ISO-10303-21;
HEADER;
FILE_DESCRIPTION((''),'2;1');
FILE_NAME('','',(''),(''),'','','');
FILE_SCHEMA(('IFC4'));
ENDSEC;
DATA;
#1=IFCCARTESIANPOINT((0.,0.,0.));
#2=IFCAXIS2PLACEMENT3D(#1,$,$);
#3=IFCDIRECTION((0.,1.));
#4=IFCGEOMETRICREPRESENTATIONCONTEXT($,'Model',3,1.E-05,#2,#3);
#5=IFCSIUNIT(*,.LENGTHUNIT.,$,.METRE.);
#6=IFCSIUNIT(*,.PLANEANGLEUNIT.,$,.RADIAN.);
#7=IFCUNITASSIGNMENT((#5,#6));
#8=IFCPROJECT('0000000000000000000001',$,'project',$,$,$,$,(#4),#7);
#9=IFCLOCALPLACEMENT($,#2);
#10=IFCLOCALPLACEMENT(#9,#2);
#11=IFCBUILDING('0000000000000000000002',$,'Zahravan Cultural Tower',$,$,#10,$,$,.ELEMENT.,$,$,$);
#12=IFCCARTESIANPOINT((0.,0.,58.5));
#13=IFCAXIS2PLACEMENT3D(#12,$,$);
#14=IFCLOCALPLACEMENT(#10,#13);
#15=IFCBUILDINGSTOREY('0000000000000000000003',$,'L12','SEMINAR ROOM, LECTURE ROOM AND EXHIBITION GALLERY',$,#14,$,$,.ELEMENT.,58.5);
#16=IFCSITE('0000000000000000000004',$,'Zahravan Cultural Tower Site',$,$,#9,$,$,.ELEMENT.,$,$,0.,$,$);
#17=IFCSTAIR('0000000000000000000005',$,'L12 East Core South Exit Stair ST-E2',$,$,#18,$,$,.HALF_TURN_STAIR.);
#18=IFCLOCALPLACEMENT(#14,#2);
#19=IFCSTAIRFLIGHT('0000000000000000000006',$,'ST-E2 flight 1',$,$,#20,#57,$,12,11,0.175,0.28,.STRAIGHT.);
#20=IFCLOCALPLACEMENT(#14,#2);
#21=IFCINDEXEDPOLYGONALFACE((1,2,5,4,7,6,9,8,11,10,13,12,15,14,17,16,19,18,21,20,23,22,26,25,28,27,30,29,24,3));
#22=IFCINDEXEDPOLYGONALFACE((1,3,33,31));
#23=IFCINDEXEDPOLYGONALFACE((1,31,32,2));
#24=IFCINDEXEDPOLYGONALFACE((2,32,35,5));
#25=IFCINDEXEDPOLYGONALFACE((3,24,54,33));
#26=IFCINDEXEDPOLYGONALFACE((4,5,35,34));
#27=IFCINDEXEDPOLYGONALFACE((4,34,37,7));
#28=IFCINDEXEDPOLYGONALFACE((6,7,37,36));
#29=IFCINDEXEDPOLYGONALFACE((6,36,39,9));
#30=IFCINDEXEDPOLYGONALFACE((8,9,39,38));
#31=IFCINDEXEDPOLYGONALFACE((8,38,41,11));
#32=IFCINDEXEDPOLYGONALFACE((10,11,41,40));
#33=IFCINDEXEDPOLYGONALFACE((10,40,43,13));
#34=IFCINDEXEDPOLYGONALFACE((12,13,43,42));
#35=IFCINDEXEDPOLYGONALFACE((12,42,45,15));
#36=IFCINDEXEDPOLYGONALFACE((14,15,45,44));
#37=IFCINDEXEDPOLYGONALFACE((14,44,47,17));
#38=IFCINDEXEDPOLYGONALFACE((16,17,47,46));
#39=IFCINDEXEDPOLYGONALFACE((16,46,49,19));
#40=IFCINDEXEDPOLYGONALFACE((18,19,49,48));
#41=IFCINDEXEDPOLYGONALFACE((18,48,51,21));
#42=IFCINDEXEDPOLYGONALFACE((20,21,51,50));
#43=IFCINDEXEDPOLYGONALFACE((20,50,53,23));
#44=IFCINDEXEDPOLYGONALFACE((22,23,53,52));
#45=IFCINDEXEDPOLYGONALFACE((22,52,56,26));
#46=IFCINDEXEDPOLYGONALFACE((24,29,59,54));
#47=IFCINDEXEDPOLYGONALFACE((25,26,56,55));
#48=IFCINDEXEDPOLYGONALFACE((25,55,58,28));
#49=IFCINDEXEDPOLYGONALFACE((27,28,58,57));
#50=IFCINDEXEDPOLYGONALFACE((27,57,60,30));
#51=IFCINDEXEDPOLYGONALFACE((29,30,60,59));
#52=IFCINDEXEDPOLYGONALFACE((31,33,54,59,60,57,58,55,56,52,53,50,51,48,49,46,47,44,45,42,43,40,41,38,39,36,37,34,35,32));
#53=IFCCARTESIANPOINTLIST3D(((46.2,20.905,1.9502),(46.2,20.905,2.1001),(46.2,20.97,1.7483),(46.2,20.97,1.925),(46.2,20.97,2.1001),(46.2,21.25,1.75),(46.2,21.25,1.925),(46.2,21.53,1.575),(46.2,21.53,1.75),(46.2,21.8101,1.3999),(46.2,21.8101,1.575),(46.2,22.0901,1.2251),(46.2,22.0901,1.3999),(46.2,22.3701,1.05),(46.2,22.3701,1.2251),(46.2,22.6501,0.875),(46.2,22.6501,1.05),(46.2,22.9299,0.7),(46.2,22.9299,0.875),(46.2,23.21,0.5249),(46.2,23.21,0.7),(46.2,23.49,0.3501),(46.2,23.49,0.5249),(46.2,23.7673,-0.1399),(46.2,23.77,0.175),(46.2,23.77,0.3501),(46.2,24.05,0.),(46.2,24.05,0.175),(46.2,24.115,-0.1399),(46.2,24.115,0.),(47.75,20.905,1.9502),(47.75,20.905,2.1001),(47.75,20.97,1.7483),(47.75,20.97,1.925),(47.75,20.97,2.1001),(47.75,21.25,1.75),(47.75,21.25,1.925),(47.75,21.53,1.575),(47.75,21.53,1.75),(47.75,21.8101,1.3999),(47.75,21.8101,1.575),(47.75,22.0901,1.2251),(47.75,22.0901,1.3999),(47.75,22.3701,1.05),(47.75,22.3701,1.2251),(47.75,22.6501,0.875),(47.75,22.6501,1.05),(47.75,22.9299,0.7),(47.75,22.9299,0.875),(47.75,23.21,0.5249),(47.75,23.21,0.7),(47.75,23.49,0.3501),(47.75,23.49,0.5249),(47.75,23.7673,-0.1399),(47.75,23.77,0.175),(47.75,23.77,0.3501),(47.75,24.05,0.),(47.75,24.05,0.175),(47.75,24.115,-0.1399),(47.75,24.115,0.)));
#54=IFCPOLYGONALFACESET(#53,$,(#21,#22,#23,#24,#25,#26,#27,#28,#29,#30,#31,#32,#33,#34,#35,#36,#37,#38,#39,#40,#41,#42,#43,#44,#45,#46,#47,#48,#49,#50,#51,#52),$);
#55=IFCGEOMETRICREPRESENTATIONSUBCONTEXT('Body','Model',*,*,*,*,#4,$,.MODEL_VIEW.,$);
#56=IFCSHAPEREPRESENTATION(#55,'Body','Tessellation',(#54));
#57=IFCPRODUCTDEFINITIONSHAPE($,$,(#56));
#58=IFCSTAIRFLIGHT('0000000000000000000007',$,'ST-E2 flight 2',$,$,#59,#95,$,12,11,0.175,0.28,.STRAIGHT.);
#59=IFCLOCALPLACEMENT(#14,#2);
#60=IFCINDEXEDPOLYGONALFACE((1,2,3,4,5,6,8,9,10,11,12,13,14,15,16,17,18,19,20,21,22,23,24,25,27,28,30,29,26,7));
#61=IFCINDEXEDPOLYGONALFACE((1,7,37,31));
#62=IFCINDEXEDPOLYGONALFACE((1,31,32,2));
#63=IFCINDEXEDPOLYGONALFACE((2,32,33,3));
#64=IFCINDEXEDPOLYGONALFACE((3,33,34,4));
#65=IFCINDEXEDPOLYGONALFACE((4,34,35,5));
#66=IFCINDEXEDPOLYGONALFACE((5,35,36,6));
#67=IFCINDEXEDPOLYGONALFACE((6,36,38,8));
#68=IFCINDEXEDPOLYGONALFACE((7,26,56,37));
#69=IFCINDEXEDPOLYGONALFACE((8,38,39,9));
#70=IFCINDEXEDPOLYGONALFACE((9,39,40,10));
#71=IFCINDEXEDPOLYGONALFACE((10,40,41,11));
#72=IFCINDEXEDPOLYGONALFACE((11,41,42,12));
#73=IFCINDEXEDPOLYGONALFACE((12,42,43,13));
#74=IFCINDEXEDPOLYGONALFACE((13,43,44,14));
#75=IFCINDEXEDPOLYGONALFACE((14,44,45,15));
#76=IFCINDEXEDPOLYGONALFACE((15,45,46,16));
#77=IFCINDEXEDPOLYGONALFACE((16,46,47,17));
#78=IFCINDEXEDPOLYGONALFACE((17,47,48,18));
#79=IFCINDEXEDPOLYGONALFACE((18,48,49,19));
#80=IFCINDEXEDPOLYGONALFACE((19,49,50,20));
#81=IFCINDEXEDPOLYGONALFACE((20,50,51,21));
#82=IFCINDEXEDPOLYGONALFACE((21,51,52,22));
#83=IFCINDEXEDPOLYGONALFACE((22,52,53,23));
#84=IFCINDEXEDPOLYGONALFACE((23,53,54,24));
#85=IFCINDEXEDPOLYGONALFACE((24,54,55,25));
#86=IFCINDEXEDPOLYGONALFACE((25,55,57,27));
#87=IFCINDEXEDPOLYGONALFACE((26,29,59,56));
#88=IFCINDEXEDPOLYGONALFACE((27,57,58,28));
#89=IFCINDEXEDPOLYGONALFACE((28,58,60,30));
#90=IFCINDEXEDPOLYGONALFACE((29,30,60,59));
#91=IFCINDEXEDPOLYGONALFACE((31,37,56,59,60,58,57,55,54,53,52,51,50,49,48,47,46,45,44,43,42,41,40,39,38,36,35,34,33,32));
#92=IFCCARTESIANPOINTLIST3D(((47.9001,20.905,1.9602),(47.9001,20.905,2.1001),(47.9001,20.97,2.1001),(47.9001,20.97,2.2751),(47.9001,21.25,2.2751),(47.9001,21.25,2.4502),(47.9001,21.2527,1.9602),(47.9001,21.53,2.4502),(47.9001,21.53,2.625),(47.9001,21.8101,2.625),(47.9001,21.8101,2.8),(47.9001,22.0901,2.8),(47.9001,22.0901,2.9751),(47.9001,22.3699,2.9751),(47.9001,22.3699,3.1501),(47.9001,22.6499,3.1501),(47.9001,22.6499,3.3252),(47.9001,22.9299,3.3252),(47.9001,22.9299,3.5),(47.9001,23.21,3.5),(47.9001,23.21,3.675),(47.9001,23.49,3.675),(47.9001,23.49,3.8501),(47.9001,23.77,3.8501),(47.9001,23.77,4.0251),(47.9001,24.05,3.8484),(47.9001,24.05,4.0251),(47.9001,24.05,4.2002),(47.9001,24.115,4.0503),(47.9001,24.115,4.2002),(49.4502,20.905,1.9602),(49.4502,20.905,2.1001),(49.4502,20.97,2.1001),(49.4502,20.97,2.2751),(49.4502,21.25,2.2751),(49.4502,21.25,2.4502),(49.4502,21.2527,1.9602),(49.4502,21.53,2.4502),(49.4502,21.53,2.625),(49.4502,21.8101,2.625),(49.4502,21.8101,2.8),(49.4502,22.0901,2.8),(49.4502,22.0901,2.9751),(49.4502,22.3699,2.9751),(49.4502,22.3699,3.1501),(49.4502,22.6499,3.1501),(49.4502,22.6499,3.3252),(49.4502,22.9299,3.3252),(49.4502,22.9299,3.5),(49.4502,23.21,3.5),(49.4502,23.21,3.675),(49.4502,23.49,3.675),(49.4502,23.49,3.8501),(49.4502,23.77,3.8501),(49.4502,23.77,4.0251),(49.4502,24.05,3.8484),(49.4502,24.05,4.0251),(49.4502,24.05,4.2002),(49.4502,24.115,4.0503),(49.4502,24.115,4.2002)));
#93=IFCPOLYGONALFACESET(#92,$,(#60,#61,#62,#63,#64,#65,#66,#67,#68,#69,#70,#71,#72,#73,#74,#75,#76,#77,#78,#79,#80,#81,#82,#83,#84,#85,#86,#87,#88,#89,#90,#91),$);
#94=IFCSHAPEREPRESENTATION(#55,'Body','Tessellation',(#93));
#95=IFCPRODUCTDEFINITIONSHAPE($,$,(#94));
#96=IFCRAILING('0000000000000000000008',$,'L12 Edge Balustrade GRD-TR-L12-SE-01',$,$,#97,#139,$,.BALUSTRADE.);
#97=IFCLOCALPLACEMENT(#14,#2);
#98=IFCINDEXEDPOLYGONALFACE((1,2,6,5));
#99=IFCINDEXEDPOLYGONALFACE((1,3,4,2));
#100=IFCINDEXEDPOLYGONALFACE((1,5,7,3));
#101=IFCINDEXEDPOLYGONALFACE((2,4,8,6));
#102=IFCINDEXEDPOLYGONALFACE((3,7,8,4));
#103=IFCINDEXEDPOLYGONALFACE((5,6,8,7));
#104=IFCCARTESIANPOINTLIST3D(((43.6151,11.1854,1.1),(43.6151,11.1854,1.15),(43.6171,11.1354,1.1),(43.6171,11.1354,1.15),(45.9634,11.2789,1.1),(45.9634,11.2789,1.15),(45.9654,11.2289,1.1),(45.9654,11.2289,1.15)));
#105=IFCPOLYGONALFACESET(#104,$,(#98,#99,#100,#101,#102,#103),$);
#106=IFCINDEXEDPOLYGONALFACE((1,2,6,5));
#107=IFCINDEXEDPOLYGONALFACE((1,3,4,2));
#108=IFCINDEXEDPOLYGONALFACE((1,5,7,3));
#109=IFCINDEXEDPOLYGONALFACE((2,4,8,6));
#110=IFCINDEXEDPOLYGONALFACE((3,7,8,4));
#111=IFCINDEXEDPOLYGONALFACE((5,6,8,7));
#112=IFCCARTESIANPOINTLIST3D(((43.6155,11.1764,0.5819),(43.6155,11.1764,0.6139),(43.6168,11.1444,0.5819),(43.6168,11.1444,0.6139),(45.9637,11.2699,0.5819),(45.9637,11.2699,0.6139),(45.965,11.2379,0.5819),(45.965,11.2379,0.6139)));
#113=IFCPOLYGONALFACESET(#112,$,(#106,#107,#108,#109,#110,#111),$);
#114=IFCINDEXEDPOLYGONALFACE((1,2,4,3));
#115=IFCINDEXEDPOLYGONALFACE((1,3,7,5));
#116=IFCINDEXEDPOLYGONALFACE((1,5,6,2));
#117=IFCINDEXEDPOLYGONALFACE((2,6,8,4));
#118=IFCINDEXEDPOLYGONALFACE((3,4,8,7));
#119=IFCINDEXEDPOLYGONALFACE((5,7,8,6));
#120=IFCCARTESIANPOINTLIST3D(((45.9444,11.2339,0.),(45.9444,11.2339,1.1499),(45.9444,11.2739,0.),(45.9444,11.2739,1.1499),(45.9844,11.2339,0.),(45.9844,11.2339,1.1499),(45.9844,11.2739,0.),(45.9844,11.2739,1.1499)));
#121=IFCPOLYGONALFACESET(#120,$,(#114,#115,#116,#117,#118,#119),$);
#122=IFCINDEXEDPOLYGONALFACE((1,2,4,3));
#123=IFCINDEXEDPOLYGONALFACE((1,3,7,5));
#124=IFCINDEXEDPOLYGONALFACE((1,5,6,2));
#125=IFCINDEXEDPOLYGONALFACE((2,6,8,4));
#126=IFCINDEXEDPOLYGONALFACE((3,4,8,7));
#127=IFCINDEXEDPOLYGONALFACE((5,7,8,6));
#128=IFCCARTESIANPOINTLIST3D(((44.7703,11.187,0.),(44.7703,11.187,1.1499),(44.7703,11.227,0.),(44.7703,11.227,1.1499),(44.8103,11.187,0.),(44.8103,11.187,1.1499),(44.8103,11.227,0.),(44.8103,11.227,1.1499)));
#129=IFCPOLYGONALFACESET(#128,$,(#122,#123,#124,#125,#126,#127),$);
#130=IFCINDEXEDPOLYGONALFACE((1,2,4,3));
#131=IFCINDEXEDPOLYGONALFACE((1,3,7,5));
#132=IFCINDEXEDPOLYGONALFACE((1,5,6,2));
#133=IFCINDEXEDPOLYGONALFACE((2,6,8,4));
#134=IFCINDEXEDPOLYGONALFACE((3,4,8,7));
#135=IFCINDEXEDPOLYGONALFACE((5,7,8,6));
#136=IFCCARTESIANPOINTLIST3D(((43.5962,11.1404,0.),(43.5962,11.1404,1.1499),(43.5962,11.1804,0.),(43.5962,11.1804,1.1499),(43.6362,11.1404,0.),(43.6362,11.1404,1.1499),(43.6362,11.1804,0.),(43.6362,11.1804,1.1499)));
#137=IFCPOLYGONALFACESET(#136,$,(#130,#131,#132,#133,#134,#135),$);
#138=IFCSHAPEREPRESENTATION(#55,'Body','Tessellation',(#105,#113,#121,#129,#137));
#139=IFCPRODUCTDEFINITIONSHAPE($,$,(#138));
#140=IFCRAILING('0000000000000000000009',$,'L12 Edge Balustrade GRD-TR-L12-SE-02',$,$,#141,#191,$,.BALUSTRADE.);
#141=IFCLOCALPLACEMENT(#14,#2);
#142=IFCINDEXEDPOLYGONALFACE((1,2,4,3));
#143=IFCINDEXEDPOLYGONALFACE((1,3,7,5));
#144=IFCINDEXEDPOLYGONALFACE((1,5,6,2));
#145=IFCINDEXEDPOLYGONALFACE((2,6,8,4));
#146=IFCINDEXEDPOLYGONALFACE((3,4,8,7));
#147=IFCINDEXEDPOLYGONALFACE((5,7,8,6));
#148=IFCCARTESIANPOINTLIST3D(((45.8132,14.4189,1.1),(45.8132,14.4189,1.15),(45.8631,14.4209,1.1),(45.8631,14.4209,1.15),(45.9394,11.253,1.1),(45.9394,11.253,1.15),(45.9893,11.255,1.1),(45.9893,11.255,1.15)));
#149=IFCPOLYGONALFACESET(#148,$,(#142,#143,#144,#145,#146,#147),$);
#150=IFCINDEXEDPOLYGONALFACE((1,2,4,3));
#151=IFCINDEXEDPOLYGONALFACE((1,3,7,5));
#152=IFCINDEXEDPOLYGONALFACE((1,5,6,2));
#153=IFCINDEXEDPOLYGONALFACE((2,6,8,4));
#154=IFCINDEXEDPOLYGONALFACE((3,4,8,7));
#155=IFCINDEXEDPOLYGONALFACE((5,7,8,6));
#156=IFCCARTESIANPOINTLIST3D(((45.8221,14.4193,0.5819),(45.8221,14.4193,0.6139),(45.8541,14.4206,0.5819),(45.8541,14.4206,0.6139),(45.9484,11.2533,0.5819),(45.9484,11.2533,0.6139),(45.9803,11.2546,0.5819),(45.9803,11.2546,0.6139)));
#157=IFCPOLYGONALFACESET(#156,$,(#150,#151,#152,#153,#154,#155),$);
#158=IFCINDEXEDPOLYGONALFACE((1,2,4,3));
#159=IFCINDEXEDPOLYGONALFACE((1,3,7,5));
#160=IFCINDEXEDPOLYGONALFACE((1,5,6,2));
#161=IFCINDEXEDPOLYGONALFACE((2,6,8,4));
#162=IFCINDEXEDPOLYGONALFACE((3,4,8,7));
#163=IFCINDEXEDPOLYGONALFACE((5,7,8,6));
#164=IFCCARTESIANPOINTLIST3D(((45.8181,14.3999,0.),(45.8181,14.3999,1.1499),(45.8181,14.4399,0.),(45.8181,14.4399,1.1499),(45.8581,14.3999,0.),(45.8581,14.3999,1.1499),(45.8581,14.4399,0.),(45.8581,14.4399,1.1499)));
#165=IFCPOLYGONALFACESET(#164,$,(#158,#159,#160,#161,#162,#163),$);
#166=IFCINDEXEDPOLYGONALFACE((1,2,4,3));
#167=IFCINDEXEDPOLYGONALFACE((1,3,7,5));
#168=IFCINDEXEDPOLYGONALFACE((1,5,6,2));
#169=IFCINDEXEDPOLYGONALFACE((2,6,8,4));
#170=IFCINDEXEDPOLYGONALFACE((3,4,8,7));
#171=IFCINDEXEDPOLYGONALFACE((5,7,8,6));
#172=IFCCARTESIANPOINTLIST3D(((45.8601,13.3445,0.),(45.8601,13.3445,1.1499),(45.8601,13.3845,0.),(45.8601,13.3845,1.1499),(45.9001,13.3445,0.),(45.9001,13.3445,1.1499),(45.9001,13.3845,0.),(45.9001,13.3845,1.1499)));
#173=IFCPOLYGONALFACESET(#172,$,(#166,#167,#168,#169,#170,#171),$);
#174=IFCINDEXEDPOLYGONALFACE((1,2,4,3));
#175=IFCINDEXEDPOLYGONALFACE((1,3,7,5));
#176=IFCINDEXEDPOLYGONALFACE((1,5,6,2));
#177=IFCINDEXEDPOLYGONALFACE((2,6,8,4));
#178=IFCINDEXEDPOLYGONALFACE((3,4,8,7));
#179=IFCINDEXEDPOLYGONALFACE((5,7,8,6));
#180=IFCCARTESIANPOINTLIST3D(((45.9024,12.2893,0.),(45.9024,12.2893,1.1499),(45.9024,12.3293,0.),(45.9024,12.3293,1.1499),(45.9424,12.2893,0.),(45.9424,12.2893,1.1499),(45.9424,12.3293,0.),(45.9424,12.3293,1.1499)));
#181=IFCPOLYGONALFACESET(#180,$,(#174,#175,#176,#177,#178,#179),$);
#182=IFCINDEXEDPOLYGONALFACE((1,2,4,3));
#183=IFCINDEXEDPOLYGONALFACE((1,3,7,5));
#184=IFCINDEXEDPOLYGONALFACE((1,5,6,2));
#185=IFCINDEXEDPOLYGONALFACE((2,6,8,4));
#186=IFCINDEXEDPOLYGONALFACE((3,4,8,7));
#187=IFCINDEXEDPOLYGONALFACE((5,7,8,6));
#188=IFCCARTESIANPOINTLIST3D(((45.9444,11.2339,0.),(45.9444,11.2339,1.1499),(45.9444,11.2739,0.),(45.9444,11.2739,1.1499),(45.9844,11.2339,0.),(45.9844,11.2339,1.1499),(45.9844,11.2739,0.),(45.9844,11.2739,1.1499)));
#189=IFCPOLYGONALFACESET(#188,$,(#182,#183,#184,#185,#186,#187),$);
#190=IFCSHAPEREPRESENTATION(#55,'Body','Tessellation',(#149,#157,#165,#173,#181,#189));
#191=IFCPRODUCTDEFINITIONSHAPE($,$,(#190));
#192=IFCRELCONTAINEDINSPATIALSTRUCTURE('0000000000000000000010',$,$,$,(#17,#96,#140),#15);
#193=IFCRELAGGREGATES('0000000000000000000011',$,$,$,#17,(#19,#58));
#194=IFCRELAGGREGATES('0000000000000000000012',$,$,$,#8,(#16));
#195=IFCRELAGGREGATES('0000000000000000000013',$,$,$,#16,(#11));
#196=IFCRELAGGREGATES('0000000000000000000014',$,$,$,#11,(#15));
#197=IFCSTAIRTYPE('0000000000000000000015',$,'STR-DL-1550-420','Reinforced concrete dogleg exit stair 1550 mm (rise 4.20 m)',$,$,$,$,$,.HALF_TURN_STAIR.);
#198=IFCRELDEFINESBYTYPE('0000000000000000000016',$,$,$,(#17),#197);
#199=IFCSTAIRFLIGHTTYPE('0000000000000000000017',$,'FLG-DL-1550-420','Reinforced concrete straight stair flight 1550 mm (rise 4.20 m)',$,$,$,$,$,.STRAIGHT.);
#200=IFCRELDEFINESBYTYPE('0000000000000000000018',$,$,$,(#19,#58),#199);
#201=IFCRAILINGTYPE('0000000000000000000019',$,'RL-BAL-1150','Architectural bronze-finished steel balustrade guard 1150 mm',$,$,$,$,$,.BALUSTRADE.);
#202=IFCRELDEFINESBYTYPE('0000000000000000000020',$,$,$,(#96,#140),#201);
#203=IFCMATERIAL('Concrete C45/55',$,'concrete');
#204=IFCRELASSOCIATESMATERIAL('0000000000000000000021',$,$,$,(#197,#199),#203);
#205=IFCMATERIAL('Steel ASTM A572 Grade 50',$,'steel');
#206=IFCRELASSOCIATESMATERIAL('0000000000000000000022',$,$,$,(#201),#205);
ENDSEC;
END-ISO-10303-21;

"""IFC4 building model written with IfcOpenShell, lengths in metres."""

from ifc_helpers import new_model, si_unit, direction, frame, origin, origin_2d, place, context, subcontext, project, spatial, polyline, rectangle, outline, extrude, material, type_object, element, aggregate, save


model = new_model("IFC4")

# Units and contexts
model_context = context("Model", 3, precision=1e-05, world=origin(), true_north=direction((0.0, 1.0)))
body_context = subcontext(model_context, "Body", "Model", "MODEL_VIEW")
ifc_project = project(units=[si_unit("LENGTHUNIT", "METRE"), si_unit("PLANEANGLEUNIT", "RADIAN")], contexts=[model_context])

# Site, building, storey
site_placement = place(None, origin())
site = spatial("IfcSite", under=ifc_project, at=site_placement, Name="Zahravan Cultural Tower Site", CompositionType="ELEMENT", RefElevation=0.0)
building_placement = place(site_placement, origin())
building = spatial("IfcBuilding", under=site, at=building_placement, Name="Zahravan Cultural Tower", CompositionType="ELEMENT")
storey_placement = place(building_placement, frame((0.0, 0.0, 58.5)))
storey = spatial("IfcBuildingStorey", under=building, at=storey_placement, Name="L12", Description="SEMINAR ROOM, LECTURE ROOM AND EXHIBITION GALLERY", CompositionType="ELEMENT", Elevation=58.5)

# Shared definitions
ifc_material_1 = material(Name="Concrete C45/55", Category="concrete")
ifc_material_2 = material(Name="Steel ASTM A572 Grade 50", Category="steel")

# Stair, stair flights
stair_type = type_object("IfcStairType", Name="STR-DL-1550-420", Description="Reinforced concrete dogleg exit stair 1550 mm (rise 4.20 m)", PredefinedType="HALF_TURN_STAIR", material=ifc_material_1)
stair_placement = place(storey_placement, origin())
stair = element("IfcStair", 1, at=stair_placement, inside=storey, type_object=stair_type, Name="L12 East Core South Exit Stair ST-E2", PredefinedType="HALF_TURN_STAIR")
stair_flight_type = type_object("IfcStairFlightType", Name="FLG-DL-1550-420", Description="Reinforced concrete straight stair flight 1550 mm (rise 4.20 m)", PredefinedType="STRAIGHT", material=ifc_material_1)
stair_flight_1_placement = place(storey_placement, frame((46.9751, 24.05, 0.0), z_axis=(0.0, 0.0, 1.0), x_axis=(0.0, -1.0, 0.0)))
stair_flight_1 = element("IfcStairFlight", 2, at=stair_flight_1_placement, type_object=stair_flight_type, Name="ST-E2 flight 1", NumberOfRisers=12, NumberOfTreads=11, PredefinedType="STRAIGHT", RiserHeight=0.175, TreadLength=0.28, context=body_context, shape_type="SweptSolid", body=[
    extrude(outline(polyline([(-0.0649, -0.1399), (-0.0649, 0.0), (0.0, 0.0), (0.0, 0.175), (0.28, 0.175), (0.28, 0.3501), (0.5601, 0.3501), (0.5601, 0.5249), (0.8401, 0.5249), (0.8401, 0.7), (1.1201, 0.7), (1.1201, 0.875), (1.3999, 0.875), (1.3999, 1.05), (1.6799, 1.05), (1.6799, 1.2251), (1.96, 1.2251), (1.96, 1.3999), (2.24, 1.3999), (2.24, 1.575), (2.52, 1.575), (2.52, 1.75), (2.8, 1.75), (2.8, 1.925), (3.0801, 1.925), (3.0801, 2.1001), (3.145, 2.1001), (3.145, 1.9502), (3.0801, 1.7483), (0.2827, -0.1399), (-0.0649, -0.1399)])), frame((0.0, 0.7749, 0.0), z_axis=(0.0, -1.0, 0.0), x_axis=(1.0, 0.0, 0.0)), (0.0, 0.0, 1.0), 1.55),
])
stair_flight_2_placement = place(storey_placement, frame((48.675, 20.97, 2.1001), z_axis=(0.0, 0.0, 1.0), x_axis=(0.0, 1.0, 0.0)))
stair_flight_2 = element("IfcStairFlight", 3, at=stair_flight_2_placement, type_object=stair_flight_type, Name="ST-E2 flight 2", NumberOfRisers=12, NumberOfTreads=11, PredefinedType="STRAIGHT", RiserHeight=0.175, TreadLength=0.28, context=body_context, shape_type="SweptSolid", body=[
    extrude(outline(polyline([(-0.0649, -0.1399), (-0.0649, 0.0), (0.0, 0.0), (0.0, 0.175), (0.28, 0.175), (0.28, 0.3501), (0.5601, 0.3501), (0.5601, 0.5249), (0.8401, 0.5249), (0.8401, 0.7), (1.1201, 0.7), (1.1201, 0.875), (1.3999, 0.875), (1.3999, 1.05), (1.6799, 1.05), (1.6799, 1.2251), (1.96, 1.2251), (1.96, 1.3999), (2.24, 1.3999), (2.24, 1.575), (2.52, 1.575), (2.52, 1.75), (2.8, 1.75), (2.8, 1.925), (3.0801, 1.925), (3.0801, 2.1001), (3.145, 2.1001), (3.145, 1.9502), (3.0801, 1.7483), (0.2827, -0.1399), (-0.0649, -0.1399)])), frame((0.0, 0.7749, 0.0), z_axis=(0.0, -1.0, 0.0), x_axis=(1.0, 0.0, 0.0)), (0.0, 0.0, 1.0), 1.55),
])
aggregate(stair, [stair_flight_1, stair_flight_2])

# Railings
railing_type_1 = type_object("IfcRailingType", Name="RL-BAL-1150", Description="Architectural bronze-finished steel balustrade guard 1150 mm", PredefinedType="BALUSTRADE", material=ifc_material_2)
railing_1_placement = place(storey_placement, frame((45.9644, 11.2539, 0.0)))
element("IfcRailing", 4, at=railing_1_placement, inside=storey, type_object=railing_type_1, Name="L12 Edge Balustrade GRD-TR-L12-SE-01", PredefinedType="BALUSTRADE", context=body_context, shape_type="SweptSolid", body=[
    extrude(rectangle(XDim=0.05, YDim=0.05, at=origin_2d()), frame((0.0, 0.0, 1.125), z_axis=(-0.999208, -0.03979, 0.0), x_axis=(0.03979, -0.999208, 0.0)), (0.0, 0.0, 1.0), 2.3501),
    extrude(rectangle(XDim=0.032, YDim=0.032, at=origin_2d()), frame((0.0, 0.0, 0.5979), z_axis=(-0.999208, -0.03979, 0.0), x_axis=(0.03979, -0.999208, 0.0)), (0.0, 0.0, 1.0), 2.3501),
    extrude(rectangle(XDim=0.04, YDim=0.04, at=origin_2d()), origin(), (0.0, 0.0, 1.0), 1.1499),
    extrude(rectangle(XDim=0.04, YDim=0.04, at=origin_2d()), frame((-1.1741, -0.0469, 0.0)), (0.0, 0.0, 1.0), 1.1499),
    extrude(rectangle(XDim=0.04, YDim=0.04, at=origin_2d()), frame((-2.3481, -0.0935, 0.0)), (0.0, 0.0, 1.0), 1.1499),
])
railing_2_placement = place(storey_placement, frame((45.8381, 14.4199, 0.0)))
element("IfcRailing", 5, at=railing_2_placement, inside=storey, type_object=railing_type_1, Name="L12 Edge Balustrade GRD-TR-L12-SE-02", PredefinedType="BALUSTRADE", context=body_context, shape_type="SweptSolid", body=[
    extrude(rectangle(XDim=0.05, YDim=0.05, at=origin_2d()), frame((0.0, 0.0, 1.125), z_axis=(0.039836, -0.999206, 0.0), x_axis=(0.999206, 0.039836, 0.0)), (0.0, 0.0, 1.0), 3.1685),
    extrude(rectangle(XDim=0.032, YDim=0.032, at=origin_2d()), frame((0.0, 0.0, 0.5979), z_axis=(0.039836, -0.999206, 0.0), x_axis=(0.999206, 0.039836, 0.0)), (0.0, 0.0, 1.0), 3.1685),
    extrude(rectangle(XDim=0.04, YDim=0.04, at=origin_2d()), origin(), (0.0, 0.0, 1.0), 1.1499),
    extrude(rectangle(XDim=0.04, YDim=0.04, at=origin_2d()), frame((0.042, -1.0554, 0.0)), (0.0, 0.0, 1.0), 1.1499),
    extrude(rectangle(XDim=0.04, YDim=0.04, at=origin_2d()), frame((0.0842, -2.1106, 0.0)), (0.0, 0.0, 1.0), 1.1499),
    extrude(rectangle(XDim=0.04, YDim=0.04, at=origin_2d()), frame((0.1262, -3.166, 0.0)), (0.0, 0.0, 1.0), 1.1499),
])

save(model, "model.ifc")
